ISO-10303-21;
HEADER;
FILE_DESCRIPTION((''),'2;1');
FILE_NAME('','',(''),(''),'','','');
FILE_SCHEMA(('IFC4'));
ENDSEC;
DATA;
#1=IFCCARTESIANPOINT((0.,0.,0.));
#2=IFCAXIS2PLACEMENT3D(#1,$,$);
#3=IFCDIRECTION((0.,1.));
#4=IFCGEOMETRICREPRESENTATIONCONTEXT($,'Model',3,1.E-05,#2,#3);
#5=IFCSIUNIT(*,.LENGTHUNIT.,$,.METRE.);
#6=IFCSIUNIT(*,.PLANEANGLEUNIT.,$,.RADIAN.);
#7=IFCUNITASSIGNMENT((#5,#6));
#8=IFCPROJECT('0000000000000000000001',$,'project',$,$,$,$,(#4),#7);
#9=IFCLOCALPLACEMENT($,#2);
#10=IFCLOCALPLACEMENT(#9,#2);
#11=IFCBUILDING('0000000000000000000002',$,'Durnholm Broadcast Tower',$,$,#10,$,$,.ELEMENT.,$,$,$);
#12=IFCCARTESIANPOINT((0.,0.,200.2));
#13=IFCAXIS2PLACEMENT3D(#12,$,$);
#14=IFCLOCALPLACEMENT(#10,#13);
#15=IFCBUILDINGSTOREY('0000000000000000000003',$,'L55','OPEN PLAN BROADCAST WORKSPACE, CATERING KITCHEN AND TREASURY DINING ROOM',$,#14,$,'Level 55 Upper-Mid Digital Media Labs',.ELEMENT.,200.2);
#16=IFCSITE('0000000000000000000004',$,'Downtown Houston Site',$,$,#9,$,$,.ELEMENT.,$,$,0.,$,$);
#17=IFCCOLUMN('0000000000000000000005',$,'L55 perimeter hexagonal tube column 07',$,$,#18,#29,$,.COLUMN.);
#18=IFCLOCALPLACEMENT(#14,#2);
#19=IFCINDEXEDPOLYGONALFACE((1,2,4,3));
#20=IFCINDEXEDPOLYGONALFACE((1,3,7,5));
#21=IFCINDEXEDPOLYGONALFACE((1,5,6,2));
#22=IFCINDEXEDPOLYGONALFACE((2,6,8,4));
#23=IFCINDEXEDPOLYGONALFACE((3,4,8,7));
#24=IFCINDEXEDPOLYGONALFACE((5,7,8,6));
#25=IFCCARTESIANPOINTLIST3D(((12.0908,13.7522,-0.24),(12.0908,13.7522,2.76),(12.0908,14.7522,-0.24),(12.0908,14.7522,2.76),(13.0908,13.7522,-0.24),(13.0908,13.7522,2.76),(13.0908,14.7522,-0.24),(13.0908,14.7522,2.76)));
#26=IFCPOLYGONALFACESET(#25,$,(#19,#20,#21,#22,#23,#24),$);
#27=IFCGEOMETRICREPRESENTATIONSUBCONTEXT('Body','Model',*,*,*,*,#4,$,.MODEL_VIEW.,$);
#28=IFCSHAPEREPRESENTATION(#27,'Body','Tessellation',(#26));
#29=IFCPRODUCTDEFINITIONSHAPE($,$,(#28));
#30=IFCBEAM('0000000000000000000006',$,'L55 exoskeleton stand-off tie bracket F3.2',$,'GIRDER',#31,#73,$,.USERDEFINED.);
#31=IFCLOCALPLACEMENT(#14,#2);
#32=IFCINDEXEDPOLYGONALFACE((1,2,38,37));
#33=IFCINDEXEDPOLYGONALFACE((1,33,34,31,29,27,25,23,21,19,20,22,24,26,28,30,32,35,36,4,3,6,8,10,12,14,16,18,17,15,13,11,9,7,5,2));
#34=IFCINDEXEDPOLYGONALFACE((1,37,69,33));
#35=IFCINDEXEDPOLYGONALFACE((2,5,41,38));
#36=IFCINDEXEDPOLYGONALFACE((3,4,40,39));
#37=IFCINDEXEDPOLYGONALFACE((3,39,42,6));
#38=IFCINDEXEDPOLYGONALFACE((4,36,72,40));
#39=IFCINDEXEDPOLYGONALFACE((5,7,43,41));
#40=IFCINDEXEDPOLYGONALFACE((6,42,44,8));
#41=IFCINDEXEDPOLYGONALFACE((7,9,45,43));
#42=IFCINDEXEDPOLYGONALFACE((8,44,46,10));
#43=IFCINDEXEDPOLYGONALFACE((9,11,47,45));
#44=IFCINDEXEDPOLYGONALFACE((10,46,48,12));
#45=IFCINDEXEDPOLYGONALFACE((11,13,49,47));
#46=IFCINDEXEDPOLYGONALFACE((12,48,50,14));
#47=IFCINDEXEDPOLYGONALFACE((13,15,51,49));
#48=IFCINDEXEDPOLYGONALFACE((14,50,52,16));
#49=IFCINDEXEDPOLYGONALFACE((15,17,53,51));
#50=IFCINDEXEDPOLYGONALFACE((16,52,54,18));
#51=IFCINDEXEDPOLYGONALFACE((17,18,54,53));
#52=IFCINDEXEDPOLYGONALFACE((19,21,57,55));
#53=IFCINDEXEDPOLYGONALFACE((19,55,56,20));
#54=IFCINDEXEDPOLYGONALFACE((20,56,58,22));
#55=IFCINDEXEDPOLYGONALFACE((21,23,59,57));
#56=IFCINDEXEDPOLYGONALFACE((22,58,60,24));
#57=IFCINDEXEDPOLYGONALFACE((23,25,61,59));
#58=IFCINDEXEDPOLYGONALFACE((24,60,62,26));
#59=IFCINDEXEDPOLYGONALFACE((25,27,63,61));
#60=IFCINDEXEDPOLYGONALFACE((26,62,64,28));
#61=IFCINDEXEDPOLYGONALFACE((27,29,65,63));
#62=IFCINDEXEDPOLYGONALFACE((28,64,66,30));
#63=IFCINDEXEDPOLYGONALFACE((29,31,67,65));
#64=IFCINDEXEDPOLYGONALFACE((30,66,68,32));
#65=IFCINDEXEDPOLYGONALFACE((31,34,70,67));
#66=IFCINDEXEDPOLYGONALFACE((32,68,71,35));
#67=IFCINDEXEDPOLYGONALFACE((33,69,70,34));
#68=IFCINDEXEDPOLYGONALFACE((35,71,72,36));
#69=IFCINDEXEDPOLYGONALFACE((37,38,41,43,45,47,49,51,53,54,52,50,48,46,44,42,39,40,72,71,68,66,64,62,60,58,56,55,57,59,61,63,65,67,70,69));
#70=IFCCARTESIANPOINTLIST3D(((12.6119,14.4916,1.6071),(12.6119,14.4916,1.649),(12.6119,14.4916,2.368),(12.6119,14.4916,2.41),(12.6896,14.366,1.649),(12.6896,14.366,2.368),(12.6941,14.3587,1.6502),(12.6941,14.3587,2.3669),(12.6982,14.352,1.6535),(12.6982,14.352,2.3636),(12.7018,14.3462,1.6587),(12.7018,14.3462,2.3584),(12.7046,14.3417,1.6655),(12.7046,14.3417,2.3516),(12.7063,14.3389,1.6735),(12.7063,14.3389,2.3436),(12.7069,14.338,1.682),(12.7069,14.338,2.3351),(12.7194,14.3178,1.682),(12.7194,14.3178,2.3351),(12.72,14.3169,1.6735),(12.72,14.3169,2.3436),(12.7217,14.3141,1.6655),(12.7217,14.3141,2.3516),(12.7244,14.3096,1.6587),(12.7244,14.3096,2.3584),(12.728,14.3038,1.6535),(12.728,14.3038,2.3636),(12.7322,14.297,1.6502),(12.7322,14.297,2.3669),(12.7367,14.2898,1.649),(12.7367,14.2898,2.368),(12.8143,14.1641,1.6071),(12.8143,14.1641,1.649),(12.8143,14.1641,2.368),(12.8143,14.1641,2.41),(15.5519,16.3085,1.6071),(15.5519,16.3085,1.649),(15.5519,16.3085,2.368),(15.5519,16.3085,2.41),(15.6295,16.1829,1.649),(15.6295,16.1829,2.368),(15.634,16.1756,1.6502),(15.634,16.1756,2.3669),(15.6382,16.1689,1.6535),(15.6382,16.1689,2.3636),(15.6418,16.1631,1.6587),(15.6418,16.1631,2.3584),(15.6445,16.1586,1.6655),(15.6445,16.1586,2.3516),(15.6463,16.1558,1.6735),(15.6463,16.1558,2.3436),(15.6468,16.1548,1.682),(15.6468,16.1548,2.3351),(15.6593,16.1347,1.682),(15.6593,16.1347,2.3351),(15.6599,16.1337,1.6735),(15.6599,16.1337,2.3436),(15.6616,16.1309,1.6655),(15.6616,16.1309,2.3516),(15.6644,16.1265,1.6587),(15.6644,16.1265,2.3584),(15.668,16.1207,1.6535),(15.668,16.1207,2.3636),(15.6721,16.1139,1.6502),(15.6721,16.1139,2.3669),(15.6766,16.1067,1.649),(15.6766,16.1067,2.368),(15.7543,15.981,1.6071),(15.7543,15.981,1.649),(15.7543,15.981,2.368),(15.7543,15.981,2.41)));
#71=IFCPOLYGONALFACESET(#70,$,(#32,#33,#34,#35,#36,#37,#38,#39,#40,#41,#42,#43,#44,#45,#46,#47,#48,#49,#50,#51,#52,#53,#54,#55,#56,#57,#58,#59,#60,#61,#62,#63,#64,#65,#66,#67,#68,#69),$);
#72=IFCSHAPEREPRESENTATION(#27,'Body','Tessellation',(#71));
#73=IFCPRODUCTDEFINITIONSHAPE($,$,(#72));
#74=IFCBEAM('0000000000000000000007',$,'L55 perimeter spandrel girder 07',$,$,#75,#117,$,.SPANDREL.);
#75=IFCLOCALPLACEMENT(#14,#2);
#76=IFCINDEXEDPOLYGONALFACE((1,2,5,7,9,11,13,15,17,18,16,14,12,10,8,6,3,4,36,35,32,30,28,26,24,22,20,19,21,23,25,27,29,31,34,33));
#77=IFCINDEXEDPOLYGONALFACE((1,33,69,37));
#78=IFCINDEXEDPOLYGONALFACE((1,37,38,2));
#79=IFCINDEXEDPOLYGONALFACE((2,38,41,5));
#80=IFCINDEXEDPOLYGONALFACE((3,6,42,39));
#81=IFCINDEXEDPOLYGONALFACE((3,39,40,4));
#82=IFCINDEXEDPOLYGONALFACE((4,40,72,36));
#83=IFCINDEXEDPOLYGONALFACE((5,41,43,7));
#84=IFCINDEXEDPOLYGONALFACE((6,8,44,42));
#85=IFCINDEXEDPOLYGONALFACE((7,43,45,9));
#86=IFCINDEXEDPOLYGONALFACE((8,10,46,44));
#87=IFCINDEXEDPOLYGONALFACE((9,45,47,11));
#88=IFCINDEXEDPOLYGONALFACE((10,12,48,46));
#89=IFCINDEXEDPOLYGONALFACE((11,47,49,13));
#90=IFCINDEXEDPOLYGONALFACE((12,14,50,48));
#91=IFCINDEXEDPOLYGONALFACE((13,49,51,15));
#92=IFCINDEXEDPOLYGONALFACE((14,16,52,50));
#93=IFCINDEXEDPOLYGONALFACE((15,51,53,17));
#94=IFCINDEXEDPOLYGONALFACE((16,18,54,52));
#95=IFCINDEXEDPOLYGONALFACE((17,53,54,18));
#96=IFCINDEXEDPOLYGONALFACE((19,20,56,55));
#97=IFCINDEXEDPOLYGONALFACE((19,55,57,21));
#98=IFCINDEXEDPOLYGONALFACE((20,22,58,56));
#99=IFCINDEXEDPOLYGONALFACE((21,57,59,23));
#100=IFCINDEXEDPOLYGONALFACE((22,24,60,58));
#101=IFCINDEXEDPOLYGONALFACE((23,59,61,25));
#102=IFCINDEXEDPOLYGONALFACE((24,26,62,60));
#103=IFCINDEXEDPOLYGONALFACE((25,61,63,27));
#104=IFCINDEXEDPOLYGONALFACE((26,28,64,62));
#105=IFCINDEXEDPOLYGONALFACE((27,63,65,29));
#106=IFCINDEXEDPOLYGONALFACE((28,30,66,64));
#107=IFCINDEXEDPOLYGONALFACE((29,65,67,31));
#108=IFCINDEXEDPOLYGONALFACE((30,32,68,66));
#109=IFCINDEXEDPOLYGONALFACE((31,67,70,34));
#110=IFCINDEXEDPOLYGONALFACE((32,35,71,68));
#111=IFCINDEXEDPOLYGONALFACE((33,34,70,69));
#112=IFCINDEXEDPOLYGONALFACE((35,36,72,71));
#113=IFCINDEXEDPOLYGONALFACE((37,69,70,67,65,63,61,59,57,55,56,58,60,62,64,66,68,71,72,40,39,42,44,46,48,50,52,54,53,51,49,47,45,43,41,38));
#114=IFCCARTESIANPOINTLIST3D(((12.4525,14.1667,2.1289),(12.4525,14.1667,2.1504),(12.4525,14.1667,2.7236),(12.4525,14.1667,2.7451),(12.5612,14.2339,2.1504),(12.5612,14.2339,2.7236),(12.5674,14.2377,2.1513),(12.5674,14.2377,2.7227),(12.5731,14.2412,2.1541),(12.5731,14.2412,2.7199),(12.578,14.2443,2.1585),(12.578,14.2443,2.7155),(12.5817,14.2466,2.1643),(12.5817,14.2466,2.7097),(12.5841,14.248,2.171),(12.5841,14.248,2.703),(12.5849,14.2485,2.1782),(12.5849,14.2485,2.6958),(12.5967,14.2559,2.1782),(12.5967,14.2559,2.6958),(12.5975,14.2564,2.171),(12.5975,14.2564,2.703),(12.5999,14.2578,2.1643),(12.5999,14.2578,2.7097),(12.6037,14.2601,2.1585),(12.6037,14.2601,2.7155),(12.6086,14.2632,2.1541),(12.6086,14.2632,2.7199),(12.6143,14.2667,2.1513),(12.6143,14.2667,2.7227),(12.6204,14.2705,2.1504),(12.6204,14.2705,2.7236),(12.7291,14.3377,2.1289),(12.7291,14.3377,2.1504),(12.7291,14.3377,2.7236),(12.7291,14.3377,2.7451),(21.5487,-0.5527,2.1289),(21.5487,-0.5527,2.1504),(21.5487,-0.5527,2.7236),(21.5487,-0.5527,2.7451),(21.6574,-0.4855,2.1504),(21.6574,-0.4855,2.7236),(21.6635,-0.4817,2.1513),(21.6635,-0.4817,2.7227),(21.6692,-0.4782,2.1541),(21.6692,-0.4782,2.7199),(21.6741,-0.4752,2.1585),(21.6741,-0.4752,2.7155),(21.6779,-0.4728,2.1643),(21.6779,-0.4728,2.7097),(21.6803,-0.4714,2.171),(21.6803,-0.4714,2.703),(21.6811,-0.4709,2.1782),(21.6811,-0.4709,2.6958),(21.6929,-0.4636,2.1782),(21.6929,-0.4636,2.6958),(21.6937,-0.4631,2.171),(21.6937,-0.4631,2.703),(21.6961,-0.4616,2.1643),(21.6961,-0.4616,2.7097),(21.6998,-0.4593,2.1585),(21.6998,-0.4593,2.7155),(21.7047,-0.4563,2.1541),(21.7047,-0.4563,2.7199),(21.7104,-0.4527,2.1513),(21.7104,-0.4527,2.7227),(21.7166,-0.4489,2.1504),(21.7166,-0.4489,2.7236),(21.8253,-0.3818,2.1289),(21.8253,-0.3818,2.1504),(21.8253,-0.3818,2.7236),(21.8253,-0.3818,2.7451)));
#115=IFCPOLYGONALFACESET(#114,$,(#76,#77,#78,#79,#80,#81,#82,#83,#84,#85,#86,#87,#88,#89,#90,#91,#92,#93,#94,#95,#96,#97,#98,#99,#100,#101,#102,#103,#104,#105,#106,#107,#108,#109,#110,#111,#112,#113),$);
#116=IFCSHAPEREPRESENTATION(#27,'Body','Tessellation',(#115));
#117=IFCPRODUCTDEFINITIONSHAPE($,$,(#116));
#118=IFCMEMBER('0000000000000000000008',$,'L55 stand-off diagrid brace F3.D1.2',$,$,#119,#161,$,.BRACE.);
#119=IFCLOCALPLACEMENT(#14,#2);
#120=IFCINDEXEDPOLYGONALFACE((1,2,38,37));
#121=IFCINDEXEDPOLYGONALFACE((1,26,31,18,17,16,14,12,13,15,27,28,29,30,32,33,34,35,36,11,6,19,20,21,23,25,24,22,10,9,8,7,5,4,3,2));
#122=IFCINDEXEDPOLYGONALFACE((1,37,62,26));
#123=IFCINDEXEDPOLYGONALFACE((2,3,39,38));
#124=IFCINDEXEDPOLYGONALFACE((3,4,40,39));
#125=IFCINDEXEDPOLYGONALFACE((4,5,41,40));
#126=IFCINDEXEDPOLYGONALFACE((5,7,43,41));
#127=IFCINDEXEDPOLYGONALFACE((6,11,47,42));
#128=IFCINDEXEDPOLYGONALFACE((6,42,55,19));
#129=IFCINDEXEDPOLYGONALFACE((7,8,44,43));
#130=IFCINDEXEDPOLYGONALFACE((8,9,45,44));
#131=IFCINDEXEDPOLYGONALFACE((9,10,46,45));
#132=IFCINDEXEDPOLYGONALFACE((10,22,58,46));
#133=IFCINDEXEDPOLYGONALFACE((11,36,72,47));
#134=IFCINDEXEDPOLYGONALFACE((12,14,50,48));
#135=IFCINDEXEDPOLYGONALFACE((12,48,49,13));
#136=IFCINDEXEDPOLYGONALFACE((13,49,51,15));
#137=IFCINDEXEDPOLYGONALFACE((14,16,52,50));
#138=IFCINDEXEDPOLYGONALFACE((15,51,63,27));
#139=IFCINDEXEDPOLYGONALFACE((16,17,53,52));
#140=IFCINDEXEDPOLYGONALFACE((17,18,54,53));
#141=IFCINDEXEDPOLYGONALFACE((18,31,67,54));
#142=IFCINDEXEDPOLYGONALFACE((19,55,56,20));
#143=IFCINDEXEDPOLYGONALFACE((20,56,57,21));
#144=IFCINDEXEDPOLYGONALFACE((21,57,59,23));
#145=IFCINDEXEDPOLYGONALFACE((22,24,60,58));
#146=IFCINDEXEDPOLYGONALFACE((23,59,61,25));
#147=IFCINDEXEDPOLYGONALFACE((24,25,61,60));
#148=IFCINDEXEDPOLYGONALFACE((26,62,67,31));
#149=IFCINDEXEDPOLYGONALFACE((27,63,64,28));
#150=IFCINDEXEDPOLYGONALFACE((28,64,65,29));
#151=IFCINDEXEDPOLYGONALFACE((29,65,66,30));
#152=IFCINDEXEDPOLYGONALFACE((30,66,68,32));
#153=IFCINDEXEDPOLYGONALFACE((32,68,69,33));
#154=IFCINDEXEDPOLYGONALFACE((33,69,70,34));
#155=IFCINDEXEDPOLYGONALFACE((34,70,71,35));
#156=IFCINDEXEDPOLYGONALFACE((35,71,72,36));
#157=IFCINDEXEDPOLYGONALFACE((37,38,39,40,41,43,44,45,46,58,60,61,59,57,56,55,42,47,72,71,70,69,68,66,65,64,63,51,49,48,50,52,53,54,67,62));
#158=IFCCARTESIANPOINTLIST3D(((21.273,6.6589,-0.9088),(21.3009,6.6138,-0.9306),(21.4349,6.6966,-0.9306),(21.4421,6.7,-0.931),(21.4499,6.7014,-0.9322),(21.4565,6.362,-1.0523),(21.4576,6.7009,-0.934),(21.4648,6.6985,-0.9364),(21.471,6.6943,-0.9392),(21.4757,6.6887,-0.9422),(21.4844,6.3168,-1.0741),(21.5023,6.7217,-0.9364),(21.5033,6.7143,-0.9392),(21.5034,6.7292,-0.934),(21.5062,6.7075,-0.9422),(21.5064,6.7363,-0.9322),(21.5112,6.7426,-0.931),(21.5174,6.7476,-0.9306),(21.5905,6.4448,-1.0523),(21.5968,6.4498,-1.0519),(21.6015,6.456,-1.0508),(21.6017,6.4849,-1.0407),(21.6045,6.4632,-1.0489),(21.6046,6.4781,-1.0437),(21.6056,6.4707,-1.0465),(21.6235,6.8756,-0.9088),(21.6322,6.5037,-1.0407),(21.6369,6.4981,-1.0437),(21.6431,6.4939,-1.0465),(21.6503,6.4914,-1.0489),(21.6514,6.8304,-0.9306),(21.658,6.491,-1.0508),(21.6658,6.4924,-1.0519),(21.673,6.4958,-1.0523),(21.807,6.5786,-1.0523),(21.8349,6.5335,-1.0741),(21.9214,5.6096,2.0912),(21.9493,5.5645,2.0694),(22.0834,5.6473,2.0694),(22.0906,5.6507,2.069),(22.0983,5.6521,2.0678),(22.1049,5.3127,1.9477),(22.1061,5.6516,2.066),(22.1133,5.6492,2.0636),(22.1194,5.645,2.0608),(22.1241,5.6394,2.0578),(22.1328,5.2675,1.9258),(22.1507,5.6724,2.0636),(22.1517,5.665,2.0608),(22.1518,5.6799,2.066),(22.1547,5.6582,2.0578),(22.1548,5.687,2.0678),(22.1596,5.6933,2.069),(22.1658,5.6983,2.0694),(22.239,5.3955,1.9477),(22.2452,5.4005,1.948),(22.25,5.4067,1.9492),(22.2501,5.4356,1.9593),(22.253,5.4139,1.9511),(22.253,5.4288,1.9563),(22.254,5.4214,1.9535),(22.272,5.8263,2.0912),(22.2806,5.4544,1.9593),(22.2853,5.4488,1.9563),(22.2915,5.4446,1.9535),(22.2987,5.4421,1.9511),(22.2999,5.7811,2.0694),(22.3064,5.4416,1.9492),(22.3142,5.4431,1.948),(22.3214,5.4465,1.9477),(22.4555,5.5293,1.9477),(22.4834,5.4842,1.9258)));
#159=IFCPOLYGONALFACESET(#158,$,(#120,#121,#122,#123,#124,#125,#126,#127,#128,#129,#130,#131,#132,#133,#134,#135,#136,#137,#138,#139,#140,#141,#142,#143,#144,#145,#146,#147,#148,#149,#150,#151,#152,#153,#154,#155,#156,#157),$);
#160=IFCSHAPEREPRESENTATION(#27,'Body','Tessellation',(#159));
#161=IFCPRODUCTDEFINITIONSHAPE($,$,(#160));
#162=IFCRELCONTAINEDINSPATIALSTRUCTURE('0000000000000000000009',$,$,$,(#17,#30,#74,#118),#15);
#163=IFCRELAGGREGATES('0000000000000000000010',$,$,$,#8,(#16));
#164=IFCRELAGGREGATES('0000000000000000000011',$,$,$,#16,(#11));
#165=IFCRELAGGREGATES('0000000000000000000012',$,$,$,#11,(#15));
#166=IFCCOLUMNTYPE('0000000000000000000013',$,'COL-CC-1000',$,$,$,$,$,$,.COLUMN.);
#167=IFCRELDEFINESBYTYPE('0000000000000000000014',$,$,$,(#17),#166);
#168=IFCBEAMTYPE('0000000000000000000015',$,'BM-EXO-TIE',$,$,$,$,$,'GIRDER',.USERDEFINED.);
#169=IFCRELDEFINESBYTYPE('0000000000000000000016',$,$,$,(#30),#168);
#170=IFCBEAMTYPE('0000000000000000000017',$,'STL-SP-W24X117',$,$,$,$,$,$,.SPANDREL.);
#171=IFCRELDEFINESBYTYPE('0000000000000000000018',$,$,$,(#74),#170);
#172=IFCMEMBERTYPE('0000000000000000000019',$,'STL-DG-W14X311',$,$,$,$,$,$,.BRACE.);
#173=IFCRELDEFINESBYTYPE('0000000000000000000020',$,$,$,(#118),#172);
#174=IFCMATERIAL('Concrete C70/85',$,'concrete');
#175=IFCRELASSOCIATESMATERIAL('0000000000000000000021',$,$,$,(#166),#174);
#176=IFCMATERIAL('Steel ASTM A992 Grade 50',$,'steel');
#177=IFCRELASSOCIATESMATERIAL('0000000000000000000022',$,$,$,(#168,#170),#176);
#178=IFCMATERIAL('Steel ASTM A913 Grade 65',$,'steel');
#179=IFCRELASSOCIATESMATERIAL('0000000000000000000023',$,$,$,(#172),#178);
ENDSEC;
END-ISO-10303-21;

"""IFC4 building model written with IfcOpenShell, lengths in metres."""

from ifc_helpers import new_model, si_unit, direction, frame, origin, origin_2d, place, context, subcontext, project, spatial, rectangle, i_section, extrude, source, transform, mapped, material, material_profile, profile_set, type_object, type_shapes, element, save


model = new_model("IFC4")

# Units and contexts
model_context = context("Model", 3, precision=1e-05, world=origin(), true_north=direction((0.0, 1.0)))
body_context = subcontext(model_context, "Body", "Model", "MODEL_VIEW")
ifc_project = project(units=[si_unit("LENGTHUNIT", "METRE"), si_unit("PLANEANGLEUNIT", "RADIAN")], contexts=[model_context])

# Site, building, storey
site_placement = place(None, origin())
site = spatial("IfcSite", under=ifc_project, at=site_placement, Name="Downtown Houston Site", CompositionType="ELEMENT", RefElevation=0.0)
building_placement = place(site_placement, origin())
building = spatial("IfcBuilding", under=site, at=building_placement, Name="Durnholm Broadcast Tower", CompositionType="ELEMENT")
storey_placement = place(building_placement, frame((0.0, 0.0, 200.2)))
storey = spatial("IfcBuildingStorey", under=building, at=storey_placement, Name="L55", Description="OPEN PLAN BROADCAST WORKSPACE, CATERING KITCHEN AND TREASURY DINING ROOM", LongName="Level 55 Upper-Mid Digital Media Labs", CompositionType="ELEMENT", Elevation=200.2)

# Column
ifc_material_1 = material(Name="Concrete C70/85", Category="concrete")
ifc_material_profile_1 = material_profile(ifc_material_1, rectangle(XDim=1.0, YDim=1.0, at=origin_2d()), Name="RC1000X1000")
ifc_profile_set_1 = profile_set([ifc_material_profile_1], Name="Concrete C70/85")
column_type = type_object("IfcColumnType", Name="COL-CC-1000", PredefinedType="COLUMN", material=ifc_profile_set_1)
shared_shape_1 = source(origin(), body_context, "Body", "SweptSolid", [
    extrude(rectangle(XDim=1.0, YDim=1.0, at=origin_2d()), origin(), (0.0, 0.0, 1.0), 3.0),
])
type_shapes(column_type, [shared_shape_1])
column_placement = place(storey_placement, frame((12.5908, 14.2522, -0.24), z_axis=(0.0, 0.0, 1.0), x_axis=(1.0, 0.0, 0.0)))
element("IfcColumn", 1, at=column_placement, inside=storey, type_object=column_type, Name="L55 perimeter hexagonal tube column 07", PredefinedType="COLUMN", context=body_context, shape_type="MappedRepresentation", body=[
    mapped(shared_shape_1, transform((0.0, 0.0, 0.0), x_axis=(1.0, 0.0, 0.0), y_axis=(0.0, 1.0, 0.0), z_axis=(0.0, 0.0, 1.0), scale=1.0)),
])

# Beams
ifc_material_2 = material(Name="Steel ASTM A992 Grade 50", Category="steel")
ifc_material_profile_2 = material_profile(ifc_material_2, i_section(OverallWidth=0.385, OverallDepth=0.803, WebThickness=0.0237, FlangeThickness=0.042, FilletRadius=0.033, at=origin_2d()), Name="W30X261")
ifc_profile_set_2 = profile_set([ifc_material_profile_2], Name="Steel ASTM A992 Grade 50")
beam_type_1 = type_object("IfcBeamType", Name="BM-EXO-TIE", ElementType="GIRDER", PredefinedType="USERDEFINED", material=ifc_profile_set_2)
shared_shape_2 = source(origin(), body_context, "Body", "SweptSolid", [
    extrude(i_section(OverallWidth=0.385, OverallDepth=0.803, WebThickness=0.0237, FlangeThickness=0.042, FilletRadius=0.033, at=origin_2d()), origin(), (0.0, 0.0, 1.0), 3.4561),
])
type_shapes(beam_type_1, [shared_shape_2])
beam_1_placement = place(storey_placement, frame((12.7131, 14.3279, 2.0085), z_axis=(0.850662, 0.525712, 0.0), x_axis=(-0.525712, 0.850662, 0.0)))
element("IfcBeam", 2, at=beam_1_placement, inside=storey, type_object=beam_type_1, Name="L55 exoskeleton stand-off tie bracket F3.2", ObjectType="GIRDER", PredefinedType="USERDEFINED", context=body_context, shape_type="MappedRepresentation", body=[
    mapped(shared_shape_2, transform((0.0, 0.0, 0.0), x_axis=(1.0, 0.0, 0.0), y_axis=(0.0, 1.0, 0.0), z_axis=(0.0, 0.0, 1.0), scale=1.0)),
])
ifc_material_profile_3 = material_profile(ifc_material_2, i_section(OverallWidth=0.3252, OverallDepth=0.6162, WebThickness=0.0139, FlangeThickness=0.0215, FilletRadius=0.0278, at=origin_2d()), Name="W24X117")
ifc_profile_set_3 = profile_set([ifc_material_profile_3], Name="Steel ASTM A992 Grade 50")
beam_type_2 = type_object("IfcBeamType", Name="STL-SP-W24X117", PredefinedType="SPANDREL", material=ifc_profile_set_3)
shared_shape_3 = source(origin(), body_context, "Body", "SweptSolid", [
    extrude(i_section(OverallWidth=0.3252, OverallDepth=0.6162, WebThickness=0.0139, FlangeThickness=0.0215, FilletRadius=0.0278, at=origin_2d()), origin(), (0.0, 0.0, 1.0), 17.3032),
])
type_shapes(beam_type_2, [shared_shape_3])
beam_2_placement = place(storey_placement, frame((12.5908, 14.2522, 2.437), z_axis=(0.525691, -0.850675, 0.0), x_axis=(0.850675, 0.525691, 0.0)))
element("IfcBeam", 3, at=beam_2_placement, inside=storey, type_object=beam_type_2, Name="L55 perimeter spandrel girder 07", PredefinedType="SPANDREL", context=body_context, shape_type="MappedRepresentation", body=[
    mapped(shared_shape_3, transform((0.0, 0.0, 0.0), x_axis=(1.0, 0.0, 0.0), y_axis=(0.0, 1.0, 0.0), z_axis=(0.0, 0.0, 1.0), scale=1.0)),
])

# Member
ifc_material_3 = material(Name="Steel ASTM A913 Grade 65", Category="steel")
ifc_material_profile_4 = material_profile(ifc_material_3, i_section(OverallWidth=0.4121, OverallDepth=0.4348, WebThickness=0.0359, FlangeThickness=0.0574, FilletRadius=0.0305, at=origin_2d()), Name="W14X311")
ifc_profile_set_4 = profile_set([ifc_material_profile_4], Name="Steel ASTM A913 Grade 65")
member_type_1 = type_object("IfcMemberType", Name="STL-DG-W14X311", PredefinedType="BRACE", material=ifc_profile_set_4)
shared_shape_4 = source(origin(), body_context, "Body", "SweptSolid", [
    extrude(i_section(OverallWidth=0.4121, OverallDepth=0.4348, WebThickness=0.0359, FlangeThickness=0.0574, FilletRadius=0.0305, at=origin_2d()), origin(), (0.0, 0.0, 1.0), 3.2437),
])
for number, where, z_axis, x_axis, name in (
    (4, (21.554, 6.5962, -0.9915), (0.199907, -0.323494, 0.924872), (0.850678, 0.525687, 0.0), "L55 stand-off diagrid brace F3.D1.2"),
):
    element("IfcMember", number, at=place(storey_placement, frame(where, z_axis=z_axis, x_axis=x_axis)), inside=storey, type_object=member_type_1, Name=name, PredefinedType="BRACE", context=body_context, shape_type="MappedRepresentation", body=[
        mapped(shared_shape_4, transform((0.0, 0.0, 0.0), x_axis=(1.0, 0.0, 0.0), y_axis=(0.0, 1.0, 0.0), z_axis=(0.0, 0.0, 1.0), scale=1.0)),
    ])

save(model, "model.ifc")
